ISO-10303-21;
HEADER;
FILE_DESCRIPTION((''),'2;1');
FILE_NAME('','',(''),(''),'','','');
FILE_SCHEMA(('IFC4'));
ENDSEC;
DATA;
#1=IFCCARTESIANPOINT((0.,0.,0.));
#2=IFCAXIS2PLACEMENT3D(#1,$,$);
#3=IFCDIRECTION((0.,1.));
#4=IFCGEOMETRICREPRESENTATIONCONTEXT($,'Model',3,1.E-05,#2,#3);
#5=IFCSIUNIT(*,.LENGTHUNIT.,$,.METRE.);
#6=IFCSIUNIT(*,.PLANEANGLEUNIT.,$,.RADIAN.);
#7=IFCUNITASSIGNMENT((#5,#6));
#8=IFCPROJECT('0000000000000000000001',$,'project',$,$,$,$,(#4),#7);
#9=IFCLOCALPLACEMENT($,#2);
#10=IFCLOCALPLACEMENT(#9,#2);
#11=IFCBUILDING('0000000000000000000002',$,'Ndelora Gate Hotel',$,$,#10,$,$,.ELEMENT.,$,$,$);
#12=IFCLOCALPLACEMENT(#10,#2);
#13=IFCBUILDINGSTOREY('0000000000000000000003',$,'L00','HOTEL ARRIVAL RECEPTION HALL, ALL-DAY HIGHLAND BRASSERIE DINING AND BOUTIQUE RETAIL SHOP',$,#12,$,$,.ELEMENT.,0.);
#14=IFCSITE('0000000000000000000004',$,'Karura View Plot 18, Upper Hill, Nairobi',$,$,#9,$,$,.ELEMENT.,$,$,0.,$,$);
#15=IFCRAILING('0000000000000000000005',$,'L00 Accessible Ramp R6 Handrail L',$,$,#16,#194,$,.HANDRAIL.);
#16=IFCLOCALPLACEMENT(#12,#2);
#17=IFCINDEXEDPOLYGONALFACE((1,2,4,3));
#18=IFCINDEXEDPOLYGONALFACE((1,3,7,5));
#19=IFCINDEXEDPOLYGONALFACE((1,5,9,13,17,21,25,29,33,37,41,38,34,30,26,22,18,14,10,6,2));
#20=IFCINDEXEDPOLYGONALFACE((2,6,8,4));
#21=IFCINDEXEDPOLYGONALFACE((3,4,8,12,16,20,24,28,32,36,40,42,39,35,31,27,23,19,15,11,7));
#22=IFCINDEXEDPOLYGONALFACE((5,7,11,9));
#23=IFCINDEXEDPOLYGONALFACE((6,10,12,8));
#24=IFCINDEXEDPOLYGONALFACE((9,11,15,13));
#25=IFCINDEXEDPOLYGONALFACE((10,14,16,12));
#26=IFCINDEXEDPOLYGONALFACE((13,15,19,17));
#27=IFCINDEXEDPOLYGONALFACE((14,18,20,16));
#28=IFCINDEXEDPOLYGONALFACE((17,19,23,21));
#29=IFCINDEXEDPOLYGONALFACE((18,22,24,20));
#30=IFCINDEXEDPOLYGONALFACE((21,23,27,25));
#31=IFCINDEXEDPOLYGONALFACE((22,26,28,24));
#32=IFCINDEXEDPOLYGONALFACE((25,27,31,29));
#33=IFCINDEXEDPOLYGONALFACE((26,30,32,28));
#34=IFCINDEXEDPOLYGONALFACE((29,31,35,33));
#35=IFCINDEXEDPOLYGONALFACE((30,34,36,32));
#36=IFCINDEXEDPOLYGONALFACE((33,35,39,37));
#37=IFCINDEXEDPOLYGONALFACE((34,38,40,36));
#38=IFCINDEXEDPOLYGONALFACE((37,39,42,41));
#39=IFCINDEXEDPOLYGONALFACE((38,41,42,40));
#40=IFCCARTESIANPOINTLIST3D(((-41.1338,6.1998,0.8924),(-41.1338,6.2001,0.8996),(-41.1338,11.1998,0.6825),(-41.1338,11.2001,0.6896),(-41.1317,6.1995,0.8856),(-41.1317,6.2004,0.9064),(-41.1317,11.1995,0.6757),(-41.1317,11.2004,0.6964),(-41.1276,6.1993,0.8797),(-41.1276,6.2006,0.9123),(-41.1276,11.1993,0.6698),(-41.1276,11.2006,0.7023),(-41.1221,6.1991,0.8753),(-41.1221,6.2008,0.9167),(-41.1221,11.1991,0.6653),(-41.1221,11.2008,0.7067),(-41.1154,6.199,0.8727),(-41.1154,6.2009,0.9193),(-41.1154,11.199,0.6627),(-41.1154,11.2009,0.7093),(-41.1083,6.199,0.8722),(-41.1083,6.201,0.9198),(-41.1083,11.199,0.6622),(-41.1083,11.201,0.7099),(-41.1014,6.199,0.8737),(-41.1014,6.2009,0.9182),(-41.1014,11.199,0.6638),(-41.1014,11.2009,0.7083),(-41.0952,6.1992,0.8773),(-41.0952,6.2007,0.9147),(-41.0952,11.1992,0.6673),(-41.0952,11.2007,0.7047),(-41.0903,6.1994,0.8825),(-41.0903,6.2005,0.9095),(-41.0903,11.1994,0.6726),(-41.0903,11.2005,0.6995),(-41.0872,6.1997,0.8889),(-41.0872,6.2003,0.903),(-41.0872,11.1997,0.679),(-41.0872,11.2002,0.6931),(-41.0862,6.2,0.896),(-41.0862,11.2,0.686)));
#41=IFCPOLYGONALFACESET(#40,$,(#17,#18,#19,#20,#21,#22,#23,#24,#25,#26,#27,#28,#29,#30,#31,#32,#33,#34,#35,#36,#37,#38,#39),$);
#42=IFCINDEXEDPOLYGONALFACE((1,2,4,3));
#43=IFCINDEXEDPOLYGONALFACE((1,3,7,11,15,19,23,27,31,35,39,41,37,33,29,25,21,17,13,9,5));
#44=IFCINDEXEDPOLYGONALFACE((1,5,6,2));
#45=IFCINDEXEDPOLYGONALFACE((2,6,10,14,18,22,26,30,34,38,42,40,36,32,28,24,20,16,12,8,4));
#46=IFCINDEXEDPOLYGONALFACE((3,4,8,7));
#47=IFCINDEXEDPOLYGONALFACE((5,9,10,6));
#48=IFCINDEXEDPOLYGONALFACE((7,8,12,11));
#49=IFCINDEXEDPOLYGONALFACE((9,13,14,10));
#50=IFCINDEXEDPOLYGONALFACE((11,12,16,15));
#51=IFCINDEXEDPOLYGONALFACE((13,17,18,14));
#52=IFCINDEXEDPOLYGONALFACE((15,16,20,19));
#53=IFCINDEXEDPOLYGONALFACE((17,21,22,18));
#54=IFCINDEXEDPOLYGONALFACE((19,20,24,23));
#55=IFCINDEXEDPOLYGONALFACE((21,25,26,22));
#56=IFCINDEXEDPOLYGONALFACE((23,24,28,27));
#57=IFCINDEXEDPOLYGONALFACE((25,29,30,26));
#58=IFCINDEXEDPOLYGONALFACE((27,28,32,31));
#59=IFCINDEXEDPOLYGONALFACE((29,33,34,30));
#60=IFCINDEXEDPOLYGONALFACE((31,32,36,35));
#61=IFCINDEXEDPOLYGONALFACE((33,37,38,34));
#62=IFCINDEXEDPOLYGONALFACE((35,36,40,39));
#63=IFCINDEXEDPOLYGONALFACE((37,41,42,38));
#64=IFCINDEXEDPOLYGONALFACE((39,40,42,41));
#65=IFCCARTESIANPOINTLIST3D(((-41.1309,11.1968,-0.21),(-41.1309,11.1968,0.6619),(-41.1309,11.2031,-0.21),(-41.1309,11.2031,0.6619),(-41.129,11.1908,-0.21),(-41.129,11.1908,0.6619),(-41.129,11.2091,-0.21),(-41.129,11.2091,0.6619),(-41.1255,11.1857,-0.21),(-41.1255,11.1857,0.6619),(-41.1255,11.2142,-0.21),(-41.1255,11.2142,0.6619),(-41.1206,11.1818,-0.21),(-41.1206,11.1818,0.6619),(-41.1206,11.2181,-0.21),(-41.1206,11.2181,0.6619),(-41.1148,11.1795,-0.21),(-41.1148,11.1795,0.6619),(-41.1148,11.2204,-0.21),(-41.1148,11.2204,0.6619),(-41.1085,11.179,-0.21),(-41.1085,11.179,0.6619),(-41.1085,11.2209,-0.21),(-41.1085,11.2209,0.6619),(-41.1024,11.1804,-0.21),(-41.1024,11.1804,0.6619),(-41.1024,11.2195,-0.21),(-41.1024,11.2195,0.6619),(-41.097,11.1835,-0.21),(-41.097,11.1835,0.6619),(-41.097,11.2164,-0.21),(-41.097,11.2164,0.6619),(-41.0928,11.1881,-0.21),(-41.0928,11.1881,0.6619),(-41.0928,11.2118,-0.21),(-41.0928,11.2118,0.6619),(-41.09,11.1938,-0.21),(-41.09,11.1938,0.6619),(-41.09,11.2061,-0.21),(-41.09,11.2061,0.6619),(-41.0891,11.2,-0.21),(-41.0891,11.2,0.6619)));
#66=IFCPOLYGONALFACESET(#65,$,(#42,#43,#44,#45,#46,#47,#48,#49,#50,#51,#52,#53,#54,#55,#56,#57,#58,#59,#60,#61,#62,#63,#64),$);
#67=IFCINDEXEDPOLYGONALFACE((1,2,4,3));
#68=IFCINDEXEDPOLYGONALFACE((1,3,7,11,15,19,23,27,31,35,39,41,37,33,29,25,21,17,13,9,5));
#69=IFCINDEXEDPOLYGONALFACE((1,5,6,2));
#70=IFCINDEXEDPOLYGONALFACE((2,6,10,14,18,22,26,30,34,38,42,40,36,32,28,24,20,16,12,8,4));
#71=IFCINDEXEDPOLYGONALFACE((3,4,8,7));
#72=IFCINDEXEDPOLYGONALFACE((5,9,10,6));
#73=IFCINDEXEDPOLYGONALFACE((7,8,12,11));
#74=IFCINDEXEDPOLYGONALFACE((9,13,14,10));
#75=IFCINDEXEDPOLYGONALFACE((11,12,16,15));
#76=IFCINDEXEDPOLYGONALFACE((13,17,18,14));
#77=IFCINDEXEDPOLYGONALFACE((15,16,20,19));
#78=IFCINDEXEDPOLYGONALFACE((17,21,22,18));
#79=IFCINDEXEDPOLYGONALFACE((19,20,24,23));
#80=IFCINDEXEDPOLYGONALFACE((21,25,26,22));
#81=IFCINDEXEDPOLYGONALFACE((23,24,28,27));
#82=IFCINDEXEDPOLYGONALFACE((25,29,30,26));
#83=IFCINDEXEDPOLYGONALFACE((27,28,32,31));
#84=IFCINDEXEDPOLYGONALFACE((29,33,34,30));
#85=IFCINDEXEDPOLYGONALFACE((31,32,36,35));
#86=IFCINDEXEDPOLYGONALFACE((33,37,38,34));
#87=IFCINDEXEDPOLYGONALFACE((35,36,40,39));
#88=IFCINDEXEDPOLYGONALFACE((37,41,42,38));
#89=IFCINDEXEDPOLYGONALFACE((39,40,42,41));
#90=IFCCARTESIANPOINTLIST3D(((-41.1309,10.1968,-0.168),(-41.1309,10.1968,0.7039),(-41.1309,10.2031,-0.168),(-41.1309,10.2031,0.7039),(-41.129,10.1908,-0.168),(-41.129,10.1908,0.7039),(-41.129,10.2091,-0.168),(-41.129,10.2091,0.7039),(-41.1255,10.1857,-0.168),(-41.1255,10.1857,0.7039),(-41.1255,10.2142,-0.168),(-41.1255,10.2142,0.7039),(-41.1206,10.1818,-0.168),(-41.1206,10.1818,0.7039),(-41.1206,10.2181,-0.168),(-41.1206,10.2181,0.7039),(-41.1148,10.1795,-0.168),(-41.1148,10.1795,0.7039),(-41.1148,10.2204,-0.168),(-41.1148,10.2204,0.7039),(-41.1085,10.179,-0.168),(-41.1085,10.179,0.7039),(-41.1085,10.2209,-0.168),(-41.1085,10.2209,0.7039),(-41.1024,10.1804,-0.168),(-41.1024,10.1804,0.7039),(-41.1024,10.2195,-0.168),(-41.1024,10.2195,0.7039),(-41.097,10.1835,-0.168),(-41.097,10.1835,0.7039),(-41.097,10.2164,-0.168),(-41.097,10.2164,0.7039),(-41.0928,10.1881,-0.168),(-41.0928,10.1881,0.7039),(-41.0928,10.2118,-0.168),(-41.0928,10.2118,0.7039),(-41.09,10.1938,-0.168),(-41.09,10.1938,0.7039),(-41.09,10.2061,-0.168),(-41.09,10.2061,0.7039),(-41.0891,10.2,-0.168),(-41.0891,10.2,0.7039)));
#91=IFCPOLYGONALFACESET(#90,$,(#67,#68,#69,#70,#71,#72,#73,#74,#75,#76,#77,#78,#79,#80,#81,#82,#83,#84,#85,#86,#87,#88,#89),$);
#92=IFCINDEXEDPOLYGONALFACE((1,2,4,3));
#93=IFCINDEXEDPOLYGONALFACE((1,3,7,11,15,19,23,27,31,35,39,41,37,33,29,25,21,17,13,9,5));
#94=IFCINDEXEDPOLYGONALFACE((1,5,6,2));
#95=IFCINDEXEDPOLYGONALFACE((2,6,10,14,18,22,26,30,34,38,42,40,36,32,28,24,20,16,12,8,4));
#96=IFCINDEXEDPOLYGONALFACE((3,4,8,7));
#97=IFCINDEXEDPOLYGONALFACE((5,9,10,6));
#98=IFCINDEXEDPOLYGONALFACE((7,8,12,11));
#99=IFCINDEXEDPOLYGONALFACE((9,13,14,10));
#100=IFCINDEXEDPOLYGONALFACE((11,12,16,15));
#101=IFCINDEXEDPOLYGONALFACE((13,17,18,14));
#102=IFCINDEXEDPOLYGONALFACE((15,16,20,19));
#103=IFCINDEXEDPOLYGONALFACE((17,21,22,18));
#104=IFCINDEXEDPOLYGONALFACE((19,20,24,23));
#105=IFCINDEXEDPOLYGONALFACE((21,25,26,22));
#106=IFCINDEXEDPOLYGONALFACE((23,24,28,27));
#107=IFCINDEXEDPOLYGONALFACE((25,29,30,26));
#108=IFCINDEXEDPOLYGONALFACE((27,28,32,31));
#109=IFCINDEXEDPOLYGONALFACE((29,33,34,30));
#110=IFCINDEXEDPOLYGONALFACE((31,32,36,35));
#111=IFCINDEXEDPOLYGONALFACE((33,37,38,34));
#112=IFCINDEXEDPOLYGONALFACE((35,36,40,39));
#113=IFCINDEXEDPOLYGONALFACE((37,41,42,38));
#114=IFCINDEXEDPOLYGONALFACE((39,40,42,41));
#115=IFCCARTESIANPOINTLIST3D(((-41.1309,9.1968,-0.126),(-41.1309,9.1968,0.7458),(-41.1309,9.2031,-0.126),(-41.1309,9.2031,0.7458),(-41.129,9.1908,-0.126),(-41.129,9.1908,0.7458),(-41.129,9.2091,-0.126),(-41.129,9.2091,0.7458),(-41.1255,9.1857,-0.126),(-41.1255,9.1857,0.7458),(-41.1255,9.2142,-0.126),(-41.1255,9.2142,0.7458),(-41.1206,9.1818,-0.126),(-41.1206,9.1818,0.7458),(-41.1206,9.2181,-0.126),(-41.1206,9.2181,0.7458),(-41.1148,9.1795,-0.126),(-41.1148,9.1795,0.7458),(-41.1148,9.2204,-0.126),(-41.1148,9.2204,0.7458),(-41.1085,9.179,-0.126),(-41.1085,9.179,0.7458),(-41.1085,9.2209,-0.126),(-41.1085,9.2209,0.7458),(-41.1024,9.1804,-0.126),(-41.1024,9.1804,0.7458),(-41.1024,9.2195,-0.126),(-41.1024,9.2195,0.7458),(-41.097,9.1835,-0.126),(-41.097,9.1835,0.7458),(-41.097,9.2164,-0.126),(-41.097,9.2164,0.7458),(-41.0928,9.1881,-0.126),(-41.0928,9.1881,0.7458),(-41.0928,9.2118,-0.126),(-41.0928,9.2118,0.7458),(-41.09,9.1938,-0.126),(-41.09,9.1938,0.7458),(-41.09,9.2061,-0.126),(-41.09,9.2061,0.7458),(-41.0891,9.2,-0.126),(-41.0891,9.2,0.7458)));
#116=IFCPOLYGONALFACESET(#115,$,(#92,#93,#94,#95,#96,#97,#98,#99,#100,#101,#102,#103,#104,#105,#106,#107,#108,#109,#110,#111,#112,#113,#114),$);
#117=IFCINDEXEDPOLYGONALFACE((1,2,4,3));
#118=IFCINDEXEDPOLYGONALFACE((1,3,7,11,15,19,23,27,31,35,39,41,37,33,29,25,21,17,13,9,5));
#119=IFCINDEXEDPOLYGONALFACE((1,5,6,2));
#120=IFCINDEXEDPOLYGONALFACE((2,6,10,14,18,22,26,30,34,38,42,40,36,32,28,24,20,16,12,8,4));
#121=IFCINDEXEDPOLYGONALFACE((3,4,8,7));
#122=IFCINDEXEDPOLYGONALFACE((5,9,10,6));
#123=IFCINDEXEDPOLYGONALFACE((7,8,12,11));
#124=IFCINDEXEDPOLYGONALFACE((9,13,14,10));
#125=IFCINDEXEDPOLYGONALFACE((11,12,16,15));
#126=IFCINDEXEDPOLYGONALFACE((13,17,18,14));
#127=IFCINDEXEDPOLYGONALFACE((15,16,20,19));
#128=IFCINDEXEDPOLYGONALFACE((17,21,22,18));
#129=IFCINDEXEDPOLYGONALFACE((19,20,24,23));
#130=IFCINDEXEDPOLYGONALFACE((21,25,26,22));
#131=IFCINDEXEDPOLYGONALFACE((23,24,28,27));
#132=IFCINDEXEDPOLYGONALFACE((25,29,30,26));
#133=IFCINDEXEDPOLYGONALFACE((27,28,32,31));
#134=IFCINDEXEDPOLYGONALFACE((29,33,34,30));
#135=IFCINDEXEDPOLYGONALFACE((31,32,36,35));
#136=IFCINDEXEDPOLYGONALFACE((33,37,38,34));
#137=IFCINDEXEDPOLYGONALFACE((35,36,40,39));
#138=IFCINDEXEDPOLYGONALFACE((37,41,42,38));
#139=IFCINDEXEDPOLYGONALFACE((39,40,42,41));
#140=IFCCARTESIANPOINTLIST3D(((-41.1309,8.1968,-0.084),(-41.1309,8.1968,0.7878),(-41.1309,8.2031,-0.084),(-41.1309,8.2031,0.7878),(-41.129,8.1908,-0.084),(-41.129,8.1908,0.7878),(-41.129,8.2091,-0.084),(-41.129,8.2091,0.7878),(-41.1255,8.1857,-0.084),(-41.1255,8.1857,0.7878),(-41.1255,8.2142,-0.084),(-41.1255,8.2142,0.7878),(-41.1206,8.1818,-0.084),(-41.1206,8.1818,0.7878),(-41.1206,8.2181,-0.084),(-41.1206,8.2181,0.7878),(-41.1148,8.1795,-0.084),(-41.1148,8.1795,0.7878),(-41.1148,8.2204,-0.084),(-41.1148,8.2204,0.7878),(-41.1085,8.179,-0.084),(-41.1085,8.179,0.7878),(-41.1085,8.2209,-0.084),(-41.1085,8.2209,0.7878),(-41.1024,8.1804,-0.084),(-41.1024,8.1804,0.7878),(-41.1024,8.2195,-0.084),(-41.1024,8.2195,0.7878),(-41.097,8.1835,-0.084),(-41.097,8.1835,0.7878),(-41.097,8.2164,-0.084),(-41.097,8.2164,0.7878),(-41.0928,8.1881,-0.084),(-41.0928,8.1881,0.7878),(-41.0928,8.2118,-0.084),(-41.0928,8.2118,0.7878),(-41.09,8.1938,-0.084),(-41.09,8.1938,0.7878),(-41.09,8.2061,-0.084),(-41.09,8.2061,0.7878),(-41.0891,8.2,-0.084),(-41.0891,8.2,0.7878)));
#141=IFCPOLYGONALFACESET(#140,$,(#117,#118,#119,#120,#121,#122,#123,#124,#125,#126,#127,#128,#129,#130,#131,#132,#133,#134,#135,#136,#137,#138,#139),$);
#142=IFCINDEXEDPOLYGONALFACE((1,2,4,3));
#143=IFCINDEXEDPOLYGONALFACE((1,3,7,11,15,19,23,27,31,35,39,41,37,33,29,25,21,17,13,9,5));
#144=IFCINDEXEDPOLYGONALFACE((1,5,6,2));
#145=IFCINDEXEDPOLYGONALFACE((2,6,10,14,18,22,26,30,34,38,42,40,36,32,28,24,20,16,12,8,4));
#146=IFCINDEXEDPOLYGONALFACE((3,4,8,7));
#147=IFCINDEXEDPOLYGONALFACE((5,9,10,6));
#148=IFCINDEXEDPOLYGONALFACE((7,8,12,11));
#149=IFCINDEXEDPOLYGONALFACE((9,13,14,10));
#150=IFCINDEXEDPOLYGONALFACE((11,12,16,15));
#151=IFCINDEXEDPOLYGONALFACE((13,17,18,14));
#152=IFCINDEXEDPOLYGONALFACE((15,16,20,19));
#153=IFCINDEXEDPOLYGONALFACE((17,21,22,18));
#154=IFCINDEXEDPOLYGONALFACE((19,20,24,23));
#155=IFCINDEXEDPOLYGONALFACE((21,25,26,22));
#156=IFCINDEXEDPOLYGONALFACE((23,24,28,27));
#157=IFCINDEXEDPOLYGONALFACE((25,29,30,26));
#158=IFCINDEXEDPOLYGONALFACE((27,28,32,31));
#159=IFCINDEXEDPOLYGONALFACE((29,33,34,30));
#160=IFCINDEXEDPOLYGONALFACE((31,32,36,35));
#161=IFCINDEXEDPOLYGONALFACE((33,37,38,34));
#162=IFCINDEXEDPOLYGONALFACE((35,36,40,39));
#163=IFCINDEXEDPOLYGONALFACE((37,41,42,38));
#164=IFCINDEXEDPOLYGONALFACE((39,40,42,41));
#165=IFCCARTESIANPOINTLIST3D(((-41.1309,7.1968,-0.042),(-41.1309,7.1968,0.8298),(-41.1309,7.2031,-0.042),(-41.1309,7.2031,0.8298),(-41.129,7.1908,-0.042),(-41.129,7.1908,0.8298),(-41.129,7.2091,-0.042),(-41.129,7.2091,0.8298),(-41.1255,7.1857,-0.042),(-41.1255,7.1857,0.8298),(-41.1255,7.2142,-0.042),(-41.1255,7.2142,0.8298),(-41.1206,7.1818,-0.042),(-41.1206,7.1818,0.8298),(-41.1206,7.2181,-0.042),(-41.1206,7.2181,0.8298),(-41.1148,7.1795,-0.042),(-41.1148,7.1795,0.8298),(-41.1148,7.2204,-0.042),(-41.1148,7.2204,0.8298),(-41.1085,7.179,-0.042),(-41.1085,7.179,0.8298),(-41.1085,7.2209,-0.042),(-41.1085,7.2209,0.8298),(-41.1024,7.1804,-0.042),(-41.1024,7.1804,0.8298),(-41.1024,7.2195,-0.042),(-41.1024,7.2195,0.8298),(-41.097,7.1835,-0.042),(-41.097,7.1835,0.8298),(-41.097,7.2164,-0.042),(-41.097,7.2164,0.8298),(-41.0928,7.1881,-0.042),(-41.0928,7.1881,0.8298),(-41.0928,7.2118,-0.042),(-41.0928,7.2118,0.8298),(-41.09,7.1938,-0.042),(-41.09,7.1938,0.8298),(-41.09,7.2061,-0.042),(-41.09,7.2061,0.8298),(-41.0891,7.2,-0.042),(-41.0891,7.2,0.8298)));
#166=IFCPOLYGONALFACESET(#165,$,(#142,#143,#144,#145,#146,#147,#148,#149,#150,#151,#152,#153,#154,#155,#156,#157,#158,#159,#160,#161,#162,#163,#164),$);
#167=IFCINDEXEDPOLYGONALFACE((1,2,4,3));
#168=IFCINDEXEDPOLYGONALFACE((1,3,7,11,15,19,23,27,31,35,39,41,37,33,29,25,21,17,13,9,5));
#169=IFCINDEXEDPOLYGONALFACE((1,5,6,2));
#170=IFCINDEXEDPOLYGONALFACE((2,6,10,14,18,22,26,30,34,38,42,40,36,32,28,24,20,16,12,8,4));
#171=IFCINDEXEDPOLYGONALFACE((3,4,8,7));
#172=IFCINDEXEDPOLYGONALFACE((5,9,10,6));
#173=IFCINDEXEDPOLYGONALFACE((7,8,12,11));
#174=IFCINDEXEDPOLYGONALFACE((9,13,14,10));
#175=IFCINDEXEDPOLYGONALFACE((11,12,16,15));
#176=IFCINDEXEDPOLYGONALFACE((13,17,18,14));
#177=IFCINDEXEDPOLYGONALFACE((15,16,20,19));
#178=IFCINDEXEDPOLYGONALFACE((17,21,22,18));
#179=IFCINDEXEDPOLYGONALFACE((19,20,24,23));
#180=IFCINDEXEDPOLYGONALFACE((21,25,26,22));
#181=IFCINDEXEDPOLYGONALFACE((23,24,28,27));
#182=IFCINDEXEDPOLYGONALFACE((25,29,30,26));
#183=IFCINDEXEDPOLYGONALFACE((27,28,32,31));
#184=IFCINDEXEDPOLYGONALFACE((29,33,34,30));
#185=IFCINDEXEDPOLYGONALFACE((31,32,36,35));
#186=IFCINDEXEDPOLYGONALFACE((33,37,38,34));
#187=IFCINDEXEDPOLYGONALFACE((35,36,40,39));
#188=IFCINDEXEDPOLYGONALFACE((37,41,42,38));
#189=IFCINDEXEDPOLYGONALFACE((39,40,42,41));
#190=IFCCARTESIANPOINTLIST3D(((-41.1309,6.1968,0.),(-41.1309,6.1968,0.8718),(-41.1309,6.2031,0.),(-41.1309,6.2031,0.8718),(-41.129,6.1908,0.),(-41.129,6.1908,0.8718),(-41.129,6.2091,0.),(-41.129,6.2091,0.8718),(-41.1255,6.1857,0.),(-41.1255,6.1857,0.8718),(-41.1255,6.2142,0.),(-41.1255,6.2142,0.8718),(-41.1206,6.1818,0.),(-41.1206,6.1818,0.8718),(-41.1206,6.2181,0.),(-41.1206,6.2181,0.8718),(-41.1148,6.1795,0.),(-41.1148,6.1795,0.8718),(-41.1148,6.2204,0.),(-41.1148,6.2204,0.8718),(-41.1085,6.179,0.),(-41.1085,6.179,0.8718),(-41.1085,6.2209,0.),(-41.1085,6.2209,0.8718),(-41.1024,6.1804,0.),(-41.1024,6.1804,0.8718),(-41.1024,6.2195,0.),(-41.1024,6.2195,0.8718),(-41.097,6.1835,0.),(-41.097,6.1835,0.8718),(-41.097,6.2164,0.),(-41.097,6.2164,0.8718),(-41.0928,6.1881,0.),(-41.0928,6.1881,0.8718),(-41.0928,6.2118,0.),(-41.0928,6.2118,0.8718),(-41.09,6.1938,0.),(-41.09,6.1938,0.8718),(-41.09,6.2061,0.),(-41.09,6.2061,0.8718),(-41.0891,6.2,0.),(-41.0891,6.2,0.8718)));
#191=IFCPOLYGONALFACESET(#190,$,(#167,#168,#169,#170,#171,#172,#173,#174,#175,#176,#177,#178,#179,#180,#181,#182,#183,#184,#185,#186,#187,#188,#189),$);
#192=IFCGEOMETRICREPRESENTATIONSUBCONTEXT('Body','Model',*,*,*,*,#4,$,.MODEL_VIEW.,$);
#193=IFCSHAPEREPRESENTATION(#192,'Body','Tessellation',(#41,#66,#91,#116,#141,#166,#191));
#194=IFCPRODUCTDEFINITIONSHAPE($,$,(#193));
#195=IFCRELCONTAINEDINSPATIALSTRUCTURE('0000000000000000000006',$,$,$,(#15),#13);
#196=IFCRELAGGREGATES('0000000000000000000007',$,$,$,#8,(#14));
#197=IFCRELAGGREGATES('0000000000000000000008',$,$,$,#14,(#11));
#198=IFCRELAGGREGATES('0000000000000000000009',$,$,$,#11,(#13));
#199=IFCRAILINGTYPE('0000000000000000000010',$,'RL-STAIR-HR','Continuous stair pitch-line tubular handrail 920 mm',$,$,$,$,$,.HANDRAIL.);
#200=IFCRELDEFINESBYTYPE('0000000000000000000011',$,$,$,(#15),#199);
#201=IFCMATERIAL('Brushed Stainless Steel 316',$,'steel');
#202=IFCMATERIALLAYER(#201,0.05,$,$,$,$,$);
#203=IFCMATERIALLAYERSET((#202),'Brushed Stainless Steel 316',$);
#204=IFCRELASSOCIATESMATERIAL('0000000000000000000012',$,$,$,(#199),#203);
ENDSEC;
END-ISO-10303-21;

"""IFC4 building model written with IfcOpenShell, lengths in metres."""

from ifc_helpers import new_model, si_unit, direction, frame, origin, origin_2d, place, context, subcontext, project, spatial, circle, extrude, material, layer, layer_set, type_object, element, save


model = new_model("IFC4")

# Units and contexts
model_context = context("Model", 3, precision=1e-05, world=origin(), true_north=direction((0.0, 1.0)))
body_context = subcontext(model_context, "Body", "Model", "MODEL_VIEW")
ifc_project = project(units=[si_unit("LENGTHUNIT", "METRE"), si_unit("PLANEANGLEUNIT", "RADIAN")], contexts=[model_context])

# Site, building, storey
site_placement = place(None, origin())
site = spatial("IfcSite", under=ifc_project, at=site_placement, Name="Karura View Plot 18, Upper Hill, Nairobi", CompositionType="ELEMENT", RefElevation=0.0)
building_placement = place(site_placement, origin())
building = spatial("IfcBuilding", under=site, at=building_placement, Name="Ndelora Gate Hotel", CompositionType="ELEMENT")
storey_placement = place(building_placement, origin())
storey = spatial("IfcBuildingStorey", under=building, at=storey_placement, Name="L00", Description="HOTEL ARRIVAL RECEPTION HALL, ALL-DAY HIGHLAND BRASSERIE DINING AND BOUTIQUE RETAIL SHOP", CompositionType="ELEMENT", Elevation=0.0)

# Railing
ifc_material_1 = material(Name="Brushed Stainless Steel 316", Category="steel")
ifc_layer_1 = layer(ifc_material_1, 0.05)
ifc_layer_set_1 = layer_set([ifc_layer_1], Name="Brushed Stainless Steel 316")
railing_type = type_object("IfcRailingType", Name="RL-STAIR-HR", Description="Continuous stair pitch-line tubular handrail 920 mm", PredefinedType="HANDRAIL", material=ifc_layer_set_1)
for number, where, name in (
    (1, (-41.1101, 11.2, -0.21), "L00 Accessible Ramp R6 Handrail L"),
):
    element("IfcRailing", number, at=place(storey_placement, frame(where)), inside=storey, type_object=railing_type, Name=name, PredefinedType="HANDRAIL", context=body_context, shape_type="SweptSolid", body=[
        extrude(circle(Radius=0.0239, at=origin_2d()), frame((0.0, 0.0, 0.896), z_axis=(0.0, -0.999119, 0.041955), x_axis=(1.0, 0.0, 0.0)), (0.0, 0.0, 1.0), 5.0044),
        extrude(circle(Radius=0.021, at=origin_2d()), origin(), (0.0, 0.0, 1.0), 0.8718),
        extrude(circle(Radius=0.021, at=origin_2d()), frame((0.0, -1.0, 0.042)), (0.0, 0.0, 1.0), 0.8718),
        extrude(circle(Radius=0.021, at=origin_2d()), frame((0.0, -2.0, 0.084)), (0.0, 0.0, 1.0), 0.8718),
        extrude(circle(Radius=0.021, at=origin_2d()), frame((0.0, -3.0, 0.126)), (0.0, 0.0, 1.0), 0.8718),
        extrude(circle(Radius=0.021, at=origin_2d()), frame((0.0, -4.0, 0.168)), (0.0, 0.0, 1.0), 0.8718),
        extrude(circle(Radius=0.021, at=origin_2d()), frame((0.0, -5.0, 0.21)), (0.0, 0.0, 1.0), 0.8718),
    ])

save(model, "model.ifc")
